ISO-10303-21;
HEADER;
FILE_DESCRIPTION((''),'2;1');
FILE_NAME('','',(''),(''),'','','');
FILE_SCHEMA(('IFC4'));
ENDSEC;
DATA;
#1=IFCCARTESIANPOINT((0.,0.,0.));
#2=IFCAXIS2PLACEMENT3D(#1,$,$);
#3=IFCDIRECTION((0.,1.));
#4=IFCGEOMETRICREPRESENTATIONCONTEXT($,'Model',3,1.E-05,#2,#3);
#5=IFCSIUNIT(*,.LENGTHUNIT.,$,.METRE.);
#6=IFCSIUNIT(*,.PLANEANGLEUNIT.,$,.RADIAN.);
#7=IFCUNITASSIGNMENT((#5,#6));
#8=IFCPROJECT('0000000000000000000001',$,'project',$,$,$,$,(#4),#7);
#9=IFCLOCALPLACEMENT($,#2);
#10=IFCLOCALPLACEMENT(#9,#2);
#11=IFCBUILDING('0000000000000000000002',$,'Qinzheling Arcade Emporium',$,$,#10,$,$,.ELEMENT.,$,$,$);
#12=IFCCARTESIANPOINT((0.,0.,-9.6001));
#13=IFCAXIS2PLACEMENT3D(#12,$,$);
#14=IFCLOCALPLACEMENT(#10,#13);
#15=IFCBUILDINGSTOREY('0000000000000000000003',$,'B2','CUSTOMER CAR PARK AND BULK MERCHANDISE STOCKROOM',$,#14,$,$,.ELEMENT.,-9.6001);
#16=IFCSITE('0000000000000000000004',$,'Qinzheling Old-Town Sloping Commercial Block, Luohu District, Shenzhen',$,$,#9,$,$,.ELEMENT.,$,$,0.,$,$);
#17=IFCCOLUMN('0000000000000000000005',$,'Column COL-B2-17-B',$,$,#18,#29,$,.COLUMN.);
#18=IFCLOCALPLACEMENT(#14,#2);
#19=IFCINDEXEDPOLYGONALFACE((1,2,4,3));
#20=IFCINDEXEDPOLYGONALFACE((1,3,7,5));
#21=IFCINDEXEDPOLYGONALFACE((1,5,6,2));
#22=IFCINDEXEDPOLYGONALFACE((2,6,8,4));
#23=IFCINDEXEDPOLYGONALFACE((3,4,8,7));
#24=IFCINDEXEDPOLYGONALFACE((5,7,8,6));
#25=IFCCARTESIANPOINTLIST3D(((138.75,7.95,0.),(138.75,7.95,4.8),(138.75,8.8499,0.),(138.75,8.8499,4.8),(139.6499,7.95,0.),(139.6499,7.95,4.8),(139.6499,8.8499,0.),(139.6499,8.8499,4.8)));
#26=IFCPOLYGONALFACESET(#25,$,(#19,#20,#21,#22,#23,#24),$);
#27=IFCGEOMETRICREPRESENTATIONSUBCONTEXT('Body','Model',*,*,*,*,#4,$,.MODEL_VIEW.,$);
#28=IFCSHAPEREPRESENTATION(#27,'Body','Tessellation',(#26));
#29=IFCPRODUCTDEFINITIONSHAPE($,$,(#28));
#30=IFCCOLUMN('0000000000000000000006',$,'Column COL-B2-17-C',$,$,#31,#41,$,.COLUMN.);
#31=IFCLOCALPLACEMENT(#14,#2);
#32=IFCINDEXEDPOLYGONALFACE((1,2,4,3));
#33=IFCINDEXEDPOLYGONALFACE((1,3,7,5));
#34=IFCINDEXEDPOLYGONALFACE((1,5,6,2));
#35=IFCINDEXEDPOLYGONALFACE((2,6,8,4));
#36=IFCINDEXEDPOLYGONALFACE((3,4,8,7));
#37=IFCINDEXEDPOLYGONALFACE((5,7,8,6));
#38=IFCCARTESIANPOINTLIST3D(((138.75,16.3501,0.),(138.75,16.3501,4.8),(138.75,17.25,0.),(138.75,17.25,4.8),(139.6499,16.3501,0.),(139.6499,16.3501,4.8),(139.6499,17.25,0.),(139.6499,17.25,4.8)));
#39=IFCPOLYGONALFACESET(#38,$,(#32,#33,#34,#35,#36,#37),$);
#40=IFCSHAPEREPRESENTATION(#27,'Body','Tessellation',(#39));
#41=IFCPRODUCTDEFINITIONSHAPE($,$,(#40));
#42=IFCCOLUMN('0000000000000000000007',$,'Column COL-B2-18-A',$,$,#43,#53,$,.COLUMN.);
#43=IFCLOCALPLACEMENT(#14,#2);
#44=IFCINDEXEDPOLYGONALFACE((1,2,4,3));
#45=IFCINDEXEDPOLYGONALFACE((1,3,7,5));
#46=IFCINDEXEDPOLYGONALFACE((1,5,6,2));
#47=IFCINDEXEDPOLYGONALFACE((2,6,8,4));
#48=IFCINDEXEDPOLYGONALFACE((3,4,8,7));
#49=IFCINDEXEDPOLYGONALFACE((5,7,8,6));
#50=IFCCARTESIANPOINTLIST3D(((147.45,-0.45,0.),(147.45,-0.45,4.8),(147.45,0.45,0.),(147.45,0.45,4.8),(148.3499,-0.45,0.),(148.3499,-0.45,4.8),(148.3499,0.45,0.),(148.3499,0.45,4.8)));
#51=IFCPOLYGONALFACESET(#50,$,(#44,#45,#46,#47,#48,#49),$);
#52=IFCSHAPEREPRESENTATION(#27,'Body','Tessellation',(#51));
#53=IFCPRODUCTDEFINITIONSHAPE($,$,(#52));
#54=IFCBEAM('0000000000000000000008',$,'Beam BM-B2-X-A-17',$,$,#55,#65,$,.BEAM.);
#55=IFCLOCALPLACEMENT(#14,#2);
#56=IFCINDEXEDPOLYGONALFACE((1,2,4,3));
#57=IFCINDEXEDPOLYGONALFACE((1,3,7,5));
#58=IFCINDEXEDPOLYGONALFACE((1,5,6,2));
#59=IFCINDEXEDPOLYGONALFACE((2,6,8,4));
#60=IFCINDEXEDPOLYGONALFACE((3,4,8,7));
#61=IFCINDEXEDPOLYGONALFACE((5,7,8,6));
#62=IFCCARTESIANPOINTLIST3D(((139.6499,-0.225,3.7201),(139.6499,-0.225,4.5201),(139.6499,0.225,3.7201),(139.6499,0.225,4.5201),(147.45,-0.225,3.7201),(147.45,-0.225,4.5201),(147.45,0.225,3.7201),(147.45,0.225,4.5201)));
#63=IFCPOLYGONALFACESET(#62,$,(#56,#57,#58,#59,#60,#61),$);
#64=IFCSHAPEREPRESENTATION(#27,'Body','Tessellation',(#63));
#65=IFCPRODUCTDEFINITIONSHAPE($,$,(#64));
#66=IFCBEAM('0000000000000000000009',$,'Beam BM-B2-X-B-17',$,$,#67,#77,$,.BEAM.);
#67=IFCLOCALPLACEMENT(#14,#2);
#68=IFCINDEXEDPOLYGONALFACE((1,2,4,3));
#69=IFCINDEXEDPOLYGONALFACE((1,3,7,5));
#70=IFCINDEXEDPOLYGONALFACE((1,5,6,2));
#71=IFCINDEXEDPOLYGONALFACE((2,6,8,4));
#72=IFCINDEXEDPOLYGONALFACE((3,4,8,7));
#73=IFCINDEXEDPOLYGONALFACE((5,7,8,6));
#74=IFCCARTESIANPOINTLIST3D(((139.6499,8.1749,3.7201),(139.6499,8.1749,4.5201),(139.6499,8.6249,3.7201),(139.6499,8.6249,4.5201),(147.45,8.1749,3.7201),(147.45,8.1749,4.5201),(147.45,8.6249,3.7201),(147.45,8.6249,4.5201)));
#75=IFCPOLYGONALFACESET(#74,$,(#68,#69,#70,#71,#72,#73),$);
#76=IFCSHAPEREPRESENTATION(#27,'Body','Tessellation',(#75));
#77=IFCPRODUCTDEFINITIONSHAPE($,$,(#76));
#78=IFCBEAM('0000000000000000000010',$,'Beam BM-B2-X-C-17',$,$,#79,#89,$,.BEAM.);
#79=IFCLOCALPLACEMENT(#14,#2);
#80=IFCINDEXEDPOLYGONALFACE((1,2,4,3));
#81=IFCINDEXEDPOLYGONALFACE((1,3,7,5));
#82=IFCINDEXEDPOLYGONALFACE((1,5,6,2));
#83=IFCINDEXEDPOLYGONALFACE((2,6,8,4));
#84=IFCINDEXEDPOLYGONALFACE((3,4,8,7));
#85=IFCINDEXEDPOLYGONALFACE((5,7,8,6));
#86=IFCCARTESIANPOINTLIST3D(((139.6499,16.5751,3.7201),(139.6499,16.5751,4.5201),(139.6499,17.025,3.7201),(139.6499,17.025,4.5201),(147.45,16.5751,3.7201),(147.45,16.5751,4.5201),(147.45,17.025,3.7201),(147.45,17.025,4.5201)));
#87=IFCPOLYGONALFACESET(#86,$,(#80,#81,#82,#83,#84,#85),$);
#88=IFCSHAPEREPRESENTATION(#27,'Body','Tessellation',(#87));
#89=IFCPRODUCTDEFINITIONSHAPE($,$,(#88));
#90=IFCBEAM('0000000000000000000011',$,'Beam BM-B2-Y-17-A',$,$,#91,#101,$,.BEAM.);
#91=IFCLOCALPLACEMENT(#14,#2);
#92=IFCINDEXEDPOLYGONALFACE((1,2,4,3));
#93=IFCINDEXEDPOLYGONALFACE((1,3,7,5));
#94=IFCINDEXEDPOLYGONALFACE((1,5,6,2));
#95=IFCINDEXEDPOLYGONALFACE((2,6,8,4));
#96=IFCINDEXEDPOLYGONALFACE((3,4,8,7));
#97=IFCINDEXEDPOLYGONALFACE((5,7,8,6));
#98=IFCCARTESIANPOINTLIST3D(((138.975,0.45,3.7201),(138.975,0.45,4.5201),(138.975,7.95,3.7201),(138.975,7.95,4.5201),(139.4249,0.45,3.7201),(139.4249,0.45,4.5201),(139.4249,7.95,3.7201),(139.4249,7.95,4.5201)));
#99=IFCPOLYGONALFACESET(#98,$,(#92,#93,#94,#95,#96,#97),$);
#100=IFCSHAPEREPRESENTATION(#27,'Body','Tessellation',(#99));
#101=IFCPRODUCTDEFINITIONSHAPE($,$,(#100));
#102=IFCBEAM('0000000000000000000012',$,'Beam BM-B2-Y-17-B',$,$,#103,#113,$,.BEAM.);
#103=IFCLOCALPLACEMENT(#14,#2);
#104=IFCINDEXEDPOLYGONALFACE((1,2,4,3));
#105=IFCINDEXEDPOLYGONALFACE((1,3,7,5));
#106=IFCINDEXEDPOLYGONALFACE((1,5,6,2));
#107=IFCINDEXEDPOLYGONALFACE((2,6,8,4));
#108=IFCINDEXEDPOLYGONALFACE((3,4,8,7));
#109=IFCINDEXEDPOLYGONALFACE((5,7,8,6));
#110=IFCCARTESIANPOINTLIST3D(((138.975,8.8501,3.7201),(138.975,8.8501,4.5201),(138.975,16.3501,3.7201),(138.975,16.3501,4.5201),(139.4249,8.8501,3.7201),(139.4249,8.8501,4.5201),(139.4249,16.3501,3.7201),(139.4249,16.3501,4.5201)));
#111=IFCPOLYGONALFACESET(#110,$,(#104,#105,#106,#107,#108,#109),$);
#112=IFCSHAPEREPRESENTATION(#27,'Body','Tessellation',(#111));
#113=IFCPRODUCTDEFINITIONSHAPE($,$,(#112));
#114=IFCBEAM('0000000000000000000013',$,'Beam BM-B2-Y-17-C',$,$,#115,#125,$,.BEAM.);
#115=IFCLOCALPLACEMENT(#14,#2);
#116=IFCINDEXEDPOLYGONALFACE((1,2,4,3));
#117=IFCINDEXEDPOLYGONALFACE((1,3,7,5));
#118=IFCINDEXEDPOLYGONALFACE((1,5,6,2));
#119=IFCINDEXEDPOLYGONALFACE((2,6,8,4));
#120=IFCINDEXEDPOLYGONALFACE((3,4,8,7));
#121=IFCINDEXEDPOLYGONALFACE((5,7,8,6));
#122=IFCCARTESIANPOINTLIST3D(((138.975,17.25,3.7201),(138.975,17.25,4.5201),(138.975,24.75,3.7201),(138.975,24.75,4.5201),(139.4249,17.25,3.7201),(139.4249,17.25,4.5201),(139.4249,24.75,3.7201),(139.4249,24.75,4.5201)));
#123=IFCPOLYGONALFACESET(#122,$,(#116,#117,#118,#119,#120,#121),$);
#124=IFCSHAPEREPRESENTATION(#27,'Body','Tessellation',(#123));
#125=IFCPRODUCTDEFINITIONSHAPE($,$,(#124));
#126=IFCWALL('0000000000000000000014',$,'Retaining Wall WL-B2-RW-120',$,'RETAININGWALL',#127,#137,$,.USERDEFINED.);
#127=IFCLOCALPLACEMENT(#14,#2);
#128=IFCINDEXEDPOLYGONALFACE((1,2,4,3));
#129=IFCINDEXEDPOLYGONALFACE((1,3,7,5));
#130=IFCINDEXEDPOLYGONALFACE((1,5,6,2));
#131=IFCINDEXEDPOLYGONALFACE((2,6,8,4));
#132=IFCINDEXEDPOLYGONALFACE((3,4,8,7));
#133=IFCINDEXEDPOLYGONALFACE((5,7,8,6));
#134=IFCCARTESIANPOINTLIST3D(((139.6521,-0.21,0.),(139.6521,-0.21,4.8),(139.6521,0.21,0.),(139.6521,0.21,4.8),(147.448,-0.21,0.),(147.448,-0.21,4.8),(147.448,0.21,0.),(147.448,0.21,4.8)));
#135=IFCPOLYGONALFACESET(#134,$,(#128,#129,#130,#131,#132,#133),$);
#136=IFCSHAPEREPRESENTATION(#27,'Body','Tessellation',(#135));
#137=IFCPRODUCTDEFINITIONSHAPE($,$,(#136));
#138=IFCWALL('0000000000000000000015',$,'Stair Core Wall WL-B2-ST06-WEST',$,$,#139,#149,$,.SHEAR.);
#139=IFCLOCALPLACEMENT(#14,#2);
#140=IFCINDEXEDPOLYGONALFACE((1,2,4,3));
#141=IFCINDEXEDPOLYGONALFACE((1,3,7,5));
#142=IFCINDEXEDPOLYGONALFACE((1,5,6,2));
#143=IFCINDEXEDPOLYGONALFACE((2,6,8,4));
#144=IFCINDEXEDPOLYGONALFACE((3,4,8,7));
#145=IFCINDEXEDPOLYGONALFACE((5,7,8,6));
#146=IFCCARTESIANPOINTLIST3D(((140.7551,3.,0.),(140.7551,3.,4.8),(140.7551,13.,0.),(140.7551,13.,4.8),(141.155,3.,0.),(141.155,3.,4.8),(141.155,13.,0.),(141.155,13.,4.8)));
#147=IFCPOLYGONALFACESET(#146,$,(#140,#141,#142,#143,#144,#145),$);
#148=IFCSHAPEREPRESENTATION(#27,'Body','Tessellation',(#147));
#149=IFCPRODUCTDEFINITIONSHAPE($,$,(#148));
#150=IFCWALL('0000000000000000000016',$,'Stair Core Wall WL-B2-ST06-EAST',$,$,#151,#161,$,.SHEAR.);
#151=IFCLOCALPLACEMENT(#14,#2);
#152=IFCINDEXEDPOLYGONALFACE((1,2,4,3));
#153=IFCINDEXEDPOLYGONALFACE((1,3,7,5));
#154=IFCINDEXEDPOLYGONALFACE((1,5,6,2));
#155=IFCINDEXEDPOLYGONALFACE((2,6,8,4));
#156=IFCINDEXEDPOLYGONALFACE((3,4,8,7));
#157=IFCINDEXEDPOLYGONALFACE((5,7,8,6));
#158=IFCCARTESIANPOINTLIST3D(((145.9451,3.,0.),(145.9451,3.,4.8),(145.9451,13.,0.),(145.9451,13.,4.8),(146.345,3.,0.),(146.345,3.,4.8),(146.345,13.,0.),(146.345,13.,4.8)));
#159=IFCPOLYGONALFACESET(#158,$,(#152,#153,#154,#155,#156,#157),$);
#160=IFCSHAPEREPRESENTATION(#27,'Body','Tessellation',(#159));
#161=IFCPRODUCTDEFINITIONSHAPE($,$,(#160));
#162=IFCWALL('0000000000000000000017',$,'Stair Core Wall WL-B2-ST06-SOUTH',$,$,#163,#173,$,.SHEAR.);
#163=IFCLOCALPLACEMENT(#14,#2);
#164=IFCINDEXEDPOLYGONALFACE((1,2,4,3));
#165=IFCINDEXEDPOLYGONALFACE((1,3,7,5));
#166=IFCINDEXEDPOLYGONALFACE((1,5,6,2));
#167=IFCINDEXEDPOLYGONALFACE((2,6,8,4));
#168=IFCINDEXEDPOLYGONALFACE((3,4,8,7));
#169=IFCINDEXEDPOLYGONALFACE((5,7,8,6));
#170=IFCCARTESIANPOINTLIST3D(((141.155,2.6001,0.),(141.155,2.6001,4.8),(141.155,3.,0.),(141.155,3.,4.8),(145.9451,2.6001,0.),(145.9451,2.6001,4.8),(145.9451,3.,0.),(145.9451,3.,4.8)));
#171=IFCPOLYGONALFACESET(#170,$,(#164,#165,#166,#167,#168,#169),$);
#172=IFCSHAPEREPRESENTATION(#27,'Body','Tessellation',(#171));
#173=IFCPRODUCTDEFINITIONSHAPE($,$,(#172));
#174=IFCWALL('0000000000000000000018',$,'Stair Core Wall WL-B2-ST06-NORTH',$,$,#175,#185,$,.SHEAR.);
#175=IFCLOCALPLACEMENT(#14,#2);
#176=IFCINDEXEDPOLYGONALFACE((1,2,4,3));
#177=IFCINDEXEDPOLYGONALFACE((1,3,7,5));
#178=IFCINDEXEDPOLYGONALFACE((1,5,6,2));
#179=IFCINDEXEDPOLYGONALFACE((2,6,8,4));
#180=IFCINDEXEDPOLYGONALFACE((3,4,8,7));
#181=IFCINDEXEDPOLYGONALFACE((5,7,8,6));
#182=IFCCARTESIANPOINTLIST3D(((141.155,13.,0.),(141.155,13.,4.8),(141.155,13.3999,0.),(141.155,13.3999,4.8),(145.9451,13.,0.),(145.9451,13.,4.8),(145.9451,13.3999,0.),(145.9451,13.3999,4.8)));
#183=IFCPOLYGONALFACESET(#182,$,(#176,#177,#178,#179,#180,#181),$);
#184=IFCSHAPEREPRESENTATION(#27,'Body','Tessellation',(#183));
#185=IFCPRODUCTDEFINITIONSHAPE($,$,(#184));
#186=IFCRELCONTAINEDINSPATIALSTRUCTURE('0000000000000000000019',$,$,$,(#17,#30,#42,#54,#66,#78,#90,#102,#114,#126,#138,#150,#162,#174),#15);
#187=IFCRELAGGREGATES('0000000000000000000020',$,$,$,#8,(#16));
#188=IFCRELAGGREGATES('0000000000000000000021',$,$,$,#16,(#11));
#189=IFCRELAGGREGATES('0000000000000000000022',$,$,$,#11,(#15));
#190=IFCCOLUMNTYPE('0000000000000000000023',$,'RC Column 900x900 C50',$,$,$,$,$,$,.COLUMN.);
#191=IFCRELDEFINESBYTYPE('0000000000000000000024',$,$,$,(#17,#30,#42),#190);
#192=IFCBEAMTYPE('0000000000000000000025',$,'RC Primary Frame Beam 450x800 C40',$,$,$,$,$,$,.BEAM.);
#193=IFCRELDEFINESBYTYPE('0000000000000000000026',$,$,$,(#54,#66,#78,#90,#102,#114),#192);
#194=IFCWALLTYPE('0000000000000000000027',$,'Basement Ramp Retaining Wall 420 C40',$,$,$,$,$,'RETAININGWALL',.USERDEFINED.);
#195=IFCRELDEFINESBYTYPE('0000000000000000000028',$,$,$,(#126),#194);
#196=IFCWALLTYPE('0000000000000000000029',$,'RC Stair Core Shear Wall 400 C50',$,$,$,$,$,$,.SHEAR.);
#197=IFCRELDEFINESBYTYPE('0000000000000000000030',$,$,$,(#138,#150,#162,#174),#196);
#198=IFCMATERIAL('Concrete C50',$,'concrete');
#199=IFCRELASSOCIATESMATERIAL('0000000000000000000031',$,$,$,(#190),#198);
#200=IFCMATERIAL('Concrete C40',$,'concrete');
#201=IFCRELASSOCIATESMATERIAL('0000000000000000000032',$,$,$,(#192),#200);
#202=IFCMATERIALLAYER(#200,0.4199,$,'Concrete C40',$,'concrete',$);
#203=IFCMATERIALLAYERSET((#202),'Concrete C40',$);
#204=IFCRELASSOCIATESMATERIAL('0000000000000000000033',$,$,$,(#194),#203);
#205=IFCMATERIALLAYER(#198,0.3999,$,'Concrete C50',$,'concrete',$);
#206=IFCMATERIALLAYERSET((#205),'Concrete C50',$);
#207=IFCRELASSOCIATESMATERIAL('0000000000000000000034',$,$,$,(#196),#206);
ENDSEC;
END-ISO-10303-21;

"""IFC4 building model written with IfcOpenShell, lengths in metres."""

from ifc_helpers import new_model, si_unit, direction, frame, frame_2d, origin, origin_2d, place, context, subcontext, project, spatial, rectangle, extrude, material, layer, layer_set, material_profile, profile_set, type_object, element, save


model = new_model("IFC4")

# Units and contexts
model_context = context("Model", 3, precision=1e-05, world=origin(), true_north=direction((0.0, 1.0)))
body_context = subcontext(model_context, "Body", "Model", "MODEL_VIEW")
ifc_project = project(units=[si_unit("LENGTHUNIT", "METRE"), si_unit("PLANEANGLEUNIT", "RADIAN")], contexts=[model_context])

# Site, building, storey
site_placement = place(None, origin())
site = spatial("IfcSite", under=ifc_project, at=site_placement, Name="Qinzheling Old-Town Sloping Commercial Block, Luohu District, Shenzhen", CompositionType="ELEMENT", RefElevation=0.0)
building_placement = place(site_placement, origin())
building = spatial("IfcBuilding", under=site, at=building_placement, Name="Qinzheling Arcade Emporium", CompositionType="ELEMENT")
storey_placement = place(building_placement, frame((0.0, 0.0, -9.6001)))
storey = spatial("IfcBuildingStorey", under=building, at=storey_placement, Name="B2", Description="CUSTOMER CAR PARK AND BULK MERCHANDISE STOCKROOM", CompositionType="ELEMENT", Elevation=-9.6001)

# Shared definitions
ifc_material_1 = material(Name="Concrete C40", Category="concrete")

# Columns
ifc_material_2 = material(Name="Concrete C50", Category="concrete")
ifc_material_profile_1 = material_profile(ifc_material_2, rectangle(XDim=0.8999, YDim=0.8999, at=origin_2d()), Name="RC 900x900", Category="concrete")
ifc_profile_set_1 = profile_set([ifc_material_profile_1], Name="Concrete C50")
column_type = type_object("IfcColumnType", Name="RC Column 900x900 C50", PredefinedType="COLUMN", material=ifc_profile_set_1)
for number, where, z_axis, x_axis, name in (
    (1, (139.2, 8.3999, 0.0), (0.0, 0.0, 1.0), (1.0, 0.0, 0.0), "Column COL-B2-17-B"),
    (2, (139.2, 16.8, 0.0), (0.0, 0.0, 1.0), (1.0, 0.0, 0.0), "Column COL-B2-17-C"),
    (3, (147.8999, 0.0, 0.0), (0.0, 0.0, 1.0), (1.0, 0.0, 0.0), "Column COL-B2-18-A"),
):
    element("IfcColumn", number, at=place(storey_placement, frame(where, z_axis=z_axis, x_axis=x_axis)), inside=storey, type_object=column_type, Name=name, PredefinedType="COLUMN", context=body_context, shape_type="SweptSolid", body=[
        extrude(rectangle(XDim=0.8999, YDim=0.8999, at=origin_2d()), origin(), (0.0, 0.0, 1.0), 4.8),
    ])

# Beams
ifc_material_profile_2 = material_profile(ifc_material_1, rectangle(XDim=0.45, YDim=0.8, at=origin_2d()), Name="RC 450x800", Category="concrete")
ifc_profile_set_2 = profile_set([ifc_material_profile_2], Name="Concrete C40")
beam_type = type_object("IfcBeamType", Name="RC Primary Frame Beam 450x800 C40", PredefinedType="BEAM", material=ifc_profile_set_2)
for number, where, z_axis, x_axis, name in (
    (4, (139.6499, 0.0, 4.1201), (1.0, 0.0, 0.0), (0.0, 1.0, 0.0), "Beam BM-B2-X-A-17"),
    (5, (139.6499, 8.3999, 4.1201), (1.0, 0.0, 0.0), (0.0, 1.0, 0.0), "Beam BM-B2-X-B-17"),
    (6, (139.6499, 16.8, 4.1201), (1.0, 0.0, 0.0), (0.0, 1.0, 0.0), "Beam BM-B2-X-C-17"),
):
    element("IfcBeam", number, at=place(storey_placement, frame(where, z_axis=z_axis, x_axis=x_axis)), inside=storey, type_object=beam_type, Name=name, PredefinedType="BEAM", context=body_context, shape_type="SweptSolid", body=[
        extrude(rectangle(XDim=0.45, YDim=0.8, at=origin_2d()), origin(), (0.0, 0.0, 1.0), 7.8),
    ])
for number, where, z_axis, x_axis, name in (
    (7, (139.2, 0.45, 4.1201), (0.0, 1.0, 0.0), (-1.0, 0.0, 0.0), "Beam BM-B2-Y-17-A"),
    (8, (139.2, 8.8501, 4.1201), (0.0, 1.0, 0.0), (-1.0, 0.0, 0.0), "Beam BM-B2-Y-17-B"),
    (9, (139.2, 17.25, 4.1201), (0.0, 1.0, 0.0), (-1.0, 0.0, 0.0), "Beam BM-B2-Y-17-C"),
):
    element("IfcBeam", number, at=place(storey_placement, frame(where, z_axis=z_axis, x_axis=x_axis)), inside=storey, type_object=beam_type, Name=name, PredefinedType="BEAM", context=body_context, shape_type="SweptSolid", body=[
        extrude(rectangle(XDim=0.45, YDim=0.8, at=origin_2d()), origin(), (0.0, 0.0, 1.0), 7.5),
    ])

# Walls
ifc_layer_1 = layer(ifc_material_1, 0.4199, Name="Concrete C40", Category="concrete")
ifc_layer_set_1 = layer_set([ifc_layer_1], Name="Concrete C40")
wall_type_1 = type_object("IfcWallType", Name="Basement Ramp Retaining Wall 420 C40", ElementType="RETAININGWALL", PredefinedType="USERDEFINED", material=ifc_layer_set_1)
wall_placement = place(storey_placement, frame((147.448, 0.0, 0.0), z_axis=(0.0, 0.0, 1.0), x_axis=(-1.0, 0.0, 0.0)))
element("IfcWall", 10, at=wall_placement, inside=storey, type_object=wall_type_1, Name="Retaining Wall WL-B2-RW-120", ObjectType="RETAININGWALL", PredefinedType="USERDEFINED", context=body_context, shape_type="SweptSolid", body=[
    extrude(rectangle(XDim=7.7959, YDim=0.4199, at=frame_2d((3.8979, 0.0))), origin(), (0.0, 0.0, 1.0), 4.8),
])
ifc_layer_2 = layer(ifc_material_2, 0.3999, Name="Concrete C50", Category="concrete")
ifc_layer_set_2 = layer_set([ifc_layer_2], Name="Concrete C50")
wall_type_2 = type_object("IfcWallType", Name="RC Stair Core Shear Wall 400 C50", PredefinedType="SHEAR", material=ifc_layer_set_2)
for number, where, z_axis, x_axis, name in (
    (11, (140.9551, 3.0, 0.0), (0.0, 0.0, 1.0), (0.0, 1.0, 0.0), "Stair Core Wall WL-B2-ST06-WEST"),
    (12, (146.145, 13.0, 0.0), (0.0, 0.0, 1.0), (0.0, -1.0, 0.0), "Stair Core Wall WL-B2-ST06-EAST"),
):
    element("IfcWall", number, at=place(storey_placement, frame(where, z_axis=z_axis, x_axis=x_axis)), inside=storey, type_object=wall_type_2, Name=name, PredefinedType="SHEAR", context=body_context, shape_type="SweptSolid", body=[
        extrude(rectangle(XDim=10.0, YDim=0.3999, at=frame_2d((5.0, 0.0))), origin(), (0.0, 0.0, 1.0), 4.8),
    ])
for number, where, z_axis, x_axis, name in (
    (13, (145.9451, 2.8, 0.0), (0.0, 0.0, 1.0), (-1.0, 0.0, 0.0), "Stair Core Wall WL-B2-ST06-SOUTH"),
    (14, (141.155, 13.2, 0.0), (0.0, 0.0, 1.0), (1.0, 0.0, 0.0), "Stair Core Wall WL-B2-ST06-NORTH"),
):
    element("IfcWall", number, at=place(storey_placement, frame(where, z_axis=z_axis, x_axis=x_axis)), inside=storey, type_object=wall_type_2, Name=name, PredefinedType="SHEAR", context=body_context, shape_type="SweptSolid", body=[
        extrude(rectangle(XDim=4.79, YDim=0.3999, at=frame_2d((2.395, 0.0))), origin(), (0.0, 0.0, 1.0), 4.8),
    ])

save(model, "model.ifc")
